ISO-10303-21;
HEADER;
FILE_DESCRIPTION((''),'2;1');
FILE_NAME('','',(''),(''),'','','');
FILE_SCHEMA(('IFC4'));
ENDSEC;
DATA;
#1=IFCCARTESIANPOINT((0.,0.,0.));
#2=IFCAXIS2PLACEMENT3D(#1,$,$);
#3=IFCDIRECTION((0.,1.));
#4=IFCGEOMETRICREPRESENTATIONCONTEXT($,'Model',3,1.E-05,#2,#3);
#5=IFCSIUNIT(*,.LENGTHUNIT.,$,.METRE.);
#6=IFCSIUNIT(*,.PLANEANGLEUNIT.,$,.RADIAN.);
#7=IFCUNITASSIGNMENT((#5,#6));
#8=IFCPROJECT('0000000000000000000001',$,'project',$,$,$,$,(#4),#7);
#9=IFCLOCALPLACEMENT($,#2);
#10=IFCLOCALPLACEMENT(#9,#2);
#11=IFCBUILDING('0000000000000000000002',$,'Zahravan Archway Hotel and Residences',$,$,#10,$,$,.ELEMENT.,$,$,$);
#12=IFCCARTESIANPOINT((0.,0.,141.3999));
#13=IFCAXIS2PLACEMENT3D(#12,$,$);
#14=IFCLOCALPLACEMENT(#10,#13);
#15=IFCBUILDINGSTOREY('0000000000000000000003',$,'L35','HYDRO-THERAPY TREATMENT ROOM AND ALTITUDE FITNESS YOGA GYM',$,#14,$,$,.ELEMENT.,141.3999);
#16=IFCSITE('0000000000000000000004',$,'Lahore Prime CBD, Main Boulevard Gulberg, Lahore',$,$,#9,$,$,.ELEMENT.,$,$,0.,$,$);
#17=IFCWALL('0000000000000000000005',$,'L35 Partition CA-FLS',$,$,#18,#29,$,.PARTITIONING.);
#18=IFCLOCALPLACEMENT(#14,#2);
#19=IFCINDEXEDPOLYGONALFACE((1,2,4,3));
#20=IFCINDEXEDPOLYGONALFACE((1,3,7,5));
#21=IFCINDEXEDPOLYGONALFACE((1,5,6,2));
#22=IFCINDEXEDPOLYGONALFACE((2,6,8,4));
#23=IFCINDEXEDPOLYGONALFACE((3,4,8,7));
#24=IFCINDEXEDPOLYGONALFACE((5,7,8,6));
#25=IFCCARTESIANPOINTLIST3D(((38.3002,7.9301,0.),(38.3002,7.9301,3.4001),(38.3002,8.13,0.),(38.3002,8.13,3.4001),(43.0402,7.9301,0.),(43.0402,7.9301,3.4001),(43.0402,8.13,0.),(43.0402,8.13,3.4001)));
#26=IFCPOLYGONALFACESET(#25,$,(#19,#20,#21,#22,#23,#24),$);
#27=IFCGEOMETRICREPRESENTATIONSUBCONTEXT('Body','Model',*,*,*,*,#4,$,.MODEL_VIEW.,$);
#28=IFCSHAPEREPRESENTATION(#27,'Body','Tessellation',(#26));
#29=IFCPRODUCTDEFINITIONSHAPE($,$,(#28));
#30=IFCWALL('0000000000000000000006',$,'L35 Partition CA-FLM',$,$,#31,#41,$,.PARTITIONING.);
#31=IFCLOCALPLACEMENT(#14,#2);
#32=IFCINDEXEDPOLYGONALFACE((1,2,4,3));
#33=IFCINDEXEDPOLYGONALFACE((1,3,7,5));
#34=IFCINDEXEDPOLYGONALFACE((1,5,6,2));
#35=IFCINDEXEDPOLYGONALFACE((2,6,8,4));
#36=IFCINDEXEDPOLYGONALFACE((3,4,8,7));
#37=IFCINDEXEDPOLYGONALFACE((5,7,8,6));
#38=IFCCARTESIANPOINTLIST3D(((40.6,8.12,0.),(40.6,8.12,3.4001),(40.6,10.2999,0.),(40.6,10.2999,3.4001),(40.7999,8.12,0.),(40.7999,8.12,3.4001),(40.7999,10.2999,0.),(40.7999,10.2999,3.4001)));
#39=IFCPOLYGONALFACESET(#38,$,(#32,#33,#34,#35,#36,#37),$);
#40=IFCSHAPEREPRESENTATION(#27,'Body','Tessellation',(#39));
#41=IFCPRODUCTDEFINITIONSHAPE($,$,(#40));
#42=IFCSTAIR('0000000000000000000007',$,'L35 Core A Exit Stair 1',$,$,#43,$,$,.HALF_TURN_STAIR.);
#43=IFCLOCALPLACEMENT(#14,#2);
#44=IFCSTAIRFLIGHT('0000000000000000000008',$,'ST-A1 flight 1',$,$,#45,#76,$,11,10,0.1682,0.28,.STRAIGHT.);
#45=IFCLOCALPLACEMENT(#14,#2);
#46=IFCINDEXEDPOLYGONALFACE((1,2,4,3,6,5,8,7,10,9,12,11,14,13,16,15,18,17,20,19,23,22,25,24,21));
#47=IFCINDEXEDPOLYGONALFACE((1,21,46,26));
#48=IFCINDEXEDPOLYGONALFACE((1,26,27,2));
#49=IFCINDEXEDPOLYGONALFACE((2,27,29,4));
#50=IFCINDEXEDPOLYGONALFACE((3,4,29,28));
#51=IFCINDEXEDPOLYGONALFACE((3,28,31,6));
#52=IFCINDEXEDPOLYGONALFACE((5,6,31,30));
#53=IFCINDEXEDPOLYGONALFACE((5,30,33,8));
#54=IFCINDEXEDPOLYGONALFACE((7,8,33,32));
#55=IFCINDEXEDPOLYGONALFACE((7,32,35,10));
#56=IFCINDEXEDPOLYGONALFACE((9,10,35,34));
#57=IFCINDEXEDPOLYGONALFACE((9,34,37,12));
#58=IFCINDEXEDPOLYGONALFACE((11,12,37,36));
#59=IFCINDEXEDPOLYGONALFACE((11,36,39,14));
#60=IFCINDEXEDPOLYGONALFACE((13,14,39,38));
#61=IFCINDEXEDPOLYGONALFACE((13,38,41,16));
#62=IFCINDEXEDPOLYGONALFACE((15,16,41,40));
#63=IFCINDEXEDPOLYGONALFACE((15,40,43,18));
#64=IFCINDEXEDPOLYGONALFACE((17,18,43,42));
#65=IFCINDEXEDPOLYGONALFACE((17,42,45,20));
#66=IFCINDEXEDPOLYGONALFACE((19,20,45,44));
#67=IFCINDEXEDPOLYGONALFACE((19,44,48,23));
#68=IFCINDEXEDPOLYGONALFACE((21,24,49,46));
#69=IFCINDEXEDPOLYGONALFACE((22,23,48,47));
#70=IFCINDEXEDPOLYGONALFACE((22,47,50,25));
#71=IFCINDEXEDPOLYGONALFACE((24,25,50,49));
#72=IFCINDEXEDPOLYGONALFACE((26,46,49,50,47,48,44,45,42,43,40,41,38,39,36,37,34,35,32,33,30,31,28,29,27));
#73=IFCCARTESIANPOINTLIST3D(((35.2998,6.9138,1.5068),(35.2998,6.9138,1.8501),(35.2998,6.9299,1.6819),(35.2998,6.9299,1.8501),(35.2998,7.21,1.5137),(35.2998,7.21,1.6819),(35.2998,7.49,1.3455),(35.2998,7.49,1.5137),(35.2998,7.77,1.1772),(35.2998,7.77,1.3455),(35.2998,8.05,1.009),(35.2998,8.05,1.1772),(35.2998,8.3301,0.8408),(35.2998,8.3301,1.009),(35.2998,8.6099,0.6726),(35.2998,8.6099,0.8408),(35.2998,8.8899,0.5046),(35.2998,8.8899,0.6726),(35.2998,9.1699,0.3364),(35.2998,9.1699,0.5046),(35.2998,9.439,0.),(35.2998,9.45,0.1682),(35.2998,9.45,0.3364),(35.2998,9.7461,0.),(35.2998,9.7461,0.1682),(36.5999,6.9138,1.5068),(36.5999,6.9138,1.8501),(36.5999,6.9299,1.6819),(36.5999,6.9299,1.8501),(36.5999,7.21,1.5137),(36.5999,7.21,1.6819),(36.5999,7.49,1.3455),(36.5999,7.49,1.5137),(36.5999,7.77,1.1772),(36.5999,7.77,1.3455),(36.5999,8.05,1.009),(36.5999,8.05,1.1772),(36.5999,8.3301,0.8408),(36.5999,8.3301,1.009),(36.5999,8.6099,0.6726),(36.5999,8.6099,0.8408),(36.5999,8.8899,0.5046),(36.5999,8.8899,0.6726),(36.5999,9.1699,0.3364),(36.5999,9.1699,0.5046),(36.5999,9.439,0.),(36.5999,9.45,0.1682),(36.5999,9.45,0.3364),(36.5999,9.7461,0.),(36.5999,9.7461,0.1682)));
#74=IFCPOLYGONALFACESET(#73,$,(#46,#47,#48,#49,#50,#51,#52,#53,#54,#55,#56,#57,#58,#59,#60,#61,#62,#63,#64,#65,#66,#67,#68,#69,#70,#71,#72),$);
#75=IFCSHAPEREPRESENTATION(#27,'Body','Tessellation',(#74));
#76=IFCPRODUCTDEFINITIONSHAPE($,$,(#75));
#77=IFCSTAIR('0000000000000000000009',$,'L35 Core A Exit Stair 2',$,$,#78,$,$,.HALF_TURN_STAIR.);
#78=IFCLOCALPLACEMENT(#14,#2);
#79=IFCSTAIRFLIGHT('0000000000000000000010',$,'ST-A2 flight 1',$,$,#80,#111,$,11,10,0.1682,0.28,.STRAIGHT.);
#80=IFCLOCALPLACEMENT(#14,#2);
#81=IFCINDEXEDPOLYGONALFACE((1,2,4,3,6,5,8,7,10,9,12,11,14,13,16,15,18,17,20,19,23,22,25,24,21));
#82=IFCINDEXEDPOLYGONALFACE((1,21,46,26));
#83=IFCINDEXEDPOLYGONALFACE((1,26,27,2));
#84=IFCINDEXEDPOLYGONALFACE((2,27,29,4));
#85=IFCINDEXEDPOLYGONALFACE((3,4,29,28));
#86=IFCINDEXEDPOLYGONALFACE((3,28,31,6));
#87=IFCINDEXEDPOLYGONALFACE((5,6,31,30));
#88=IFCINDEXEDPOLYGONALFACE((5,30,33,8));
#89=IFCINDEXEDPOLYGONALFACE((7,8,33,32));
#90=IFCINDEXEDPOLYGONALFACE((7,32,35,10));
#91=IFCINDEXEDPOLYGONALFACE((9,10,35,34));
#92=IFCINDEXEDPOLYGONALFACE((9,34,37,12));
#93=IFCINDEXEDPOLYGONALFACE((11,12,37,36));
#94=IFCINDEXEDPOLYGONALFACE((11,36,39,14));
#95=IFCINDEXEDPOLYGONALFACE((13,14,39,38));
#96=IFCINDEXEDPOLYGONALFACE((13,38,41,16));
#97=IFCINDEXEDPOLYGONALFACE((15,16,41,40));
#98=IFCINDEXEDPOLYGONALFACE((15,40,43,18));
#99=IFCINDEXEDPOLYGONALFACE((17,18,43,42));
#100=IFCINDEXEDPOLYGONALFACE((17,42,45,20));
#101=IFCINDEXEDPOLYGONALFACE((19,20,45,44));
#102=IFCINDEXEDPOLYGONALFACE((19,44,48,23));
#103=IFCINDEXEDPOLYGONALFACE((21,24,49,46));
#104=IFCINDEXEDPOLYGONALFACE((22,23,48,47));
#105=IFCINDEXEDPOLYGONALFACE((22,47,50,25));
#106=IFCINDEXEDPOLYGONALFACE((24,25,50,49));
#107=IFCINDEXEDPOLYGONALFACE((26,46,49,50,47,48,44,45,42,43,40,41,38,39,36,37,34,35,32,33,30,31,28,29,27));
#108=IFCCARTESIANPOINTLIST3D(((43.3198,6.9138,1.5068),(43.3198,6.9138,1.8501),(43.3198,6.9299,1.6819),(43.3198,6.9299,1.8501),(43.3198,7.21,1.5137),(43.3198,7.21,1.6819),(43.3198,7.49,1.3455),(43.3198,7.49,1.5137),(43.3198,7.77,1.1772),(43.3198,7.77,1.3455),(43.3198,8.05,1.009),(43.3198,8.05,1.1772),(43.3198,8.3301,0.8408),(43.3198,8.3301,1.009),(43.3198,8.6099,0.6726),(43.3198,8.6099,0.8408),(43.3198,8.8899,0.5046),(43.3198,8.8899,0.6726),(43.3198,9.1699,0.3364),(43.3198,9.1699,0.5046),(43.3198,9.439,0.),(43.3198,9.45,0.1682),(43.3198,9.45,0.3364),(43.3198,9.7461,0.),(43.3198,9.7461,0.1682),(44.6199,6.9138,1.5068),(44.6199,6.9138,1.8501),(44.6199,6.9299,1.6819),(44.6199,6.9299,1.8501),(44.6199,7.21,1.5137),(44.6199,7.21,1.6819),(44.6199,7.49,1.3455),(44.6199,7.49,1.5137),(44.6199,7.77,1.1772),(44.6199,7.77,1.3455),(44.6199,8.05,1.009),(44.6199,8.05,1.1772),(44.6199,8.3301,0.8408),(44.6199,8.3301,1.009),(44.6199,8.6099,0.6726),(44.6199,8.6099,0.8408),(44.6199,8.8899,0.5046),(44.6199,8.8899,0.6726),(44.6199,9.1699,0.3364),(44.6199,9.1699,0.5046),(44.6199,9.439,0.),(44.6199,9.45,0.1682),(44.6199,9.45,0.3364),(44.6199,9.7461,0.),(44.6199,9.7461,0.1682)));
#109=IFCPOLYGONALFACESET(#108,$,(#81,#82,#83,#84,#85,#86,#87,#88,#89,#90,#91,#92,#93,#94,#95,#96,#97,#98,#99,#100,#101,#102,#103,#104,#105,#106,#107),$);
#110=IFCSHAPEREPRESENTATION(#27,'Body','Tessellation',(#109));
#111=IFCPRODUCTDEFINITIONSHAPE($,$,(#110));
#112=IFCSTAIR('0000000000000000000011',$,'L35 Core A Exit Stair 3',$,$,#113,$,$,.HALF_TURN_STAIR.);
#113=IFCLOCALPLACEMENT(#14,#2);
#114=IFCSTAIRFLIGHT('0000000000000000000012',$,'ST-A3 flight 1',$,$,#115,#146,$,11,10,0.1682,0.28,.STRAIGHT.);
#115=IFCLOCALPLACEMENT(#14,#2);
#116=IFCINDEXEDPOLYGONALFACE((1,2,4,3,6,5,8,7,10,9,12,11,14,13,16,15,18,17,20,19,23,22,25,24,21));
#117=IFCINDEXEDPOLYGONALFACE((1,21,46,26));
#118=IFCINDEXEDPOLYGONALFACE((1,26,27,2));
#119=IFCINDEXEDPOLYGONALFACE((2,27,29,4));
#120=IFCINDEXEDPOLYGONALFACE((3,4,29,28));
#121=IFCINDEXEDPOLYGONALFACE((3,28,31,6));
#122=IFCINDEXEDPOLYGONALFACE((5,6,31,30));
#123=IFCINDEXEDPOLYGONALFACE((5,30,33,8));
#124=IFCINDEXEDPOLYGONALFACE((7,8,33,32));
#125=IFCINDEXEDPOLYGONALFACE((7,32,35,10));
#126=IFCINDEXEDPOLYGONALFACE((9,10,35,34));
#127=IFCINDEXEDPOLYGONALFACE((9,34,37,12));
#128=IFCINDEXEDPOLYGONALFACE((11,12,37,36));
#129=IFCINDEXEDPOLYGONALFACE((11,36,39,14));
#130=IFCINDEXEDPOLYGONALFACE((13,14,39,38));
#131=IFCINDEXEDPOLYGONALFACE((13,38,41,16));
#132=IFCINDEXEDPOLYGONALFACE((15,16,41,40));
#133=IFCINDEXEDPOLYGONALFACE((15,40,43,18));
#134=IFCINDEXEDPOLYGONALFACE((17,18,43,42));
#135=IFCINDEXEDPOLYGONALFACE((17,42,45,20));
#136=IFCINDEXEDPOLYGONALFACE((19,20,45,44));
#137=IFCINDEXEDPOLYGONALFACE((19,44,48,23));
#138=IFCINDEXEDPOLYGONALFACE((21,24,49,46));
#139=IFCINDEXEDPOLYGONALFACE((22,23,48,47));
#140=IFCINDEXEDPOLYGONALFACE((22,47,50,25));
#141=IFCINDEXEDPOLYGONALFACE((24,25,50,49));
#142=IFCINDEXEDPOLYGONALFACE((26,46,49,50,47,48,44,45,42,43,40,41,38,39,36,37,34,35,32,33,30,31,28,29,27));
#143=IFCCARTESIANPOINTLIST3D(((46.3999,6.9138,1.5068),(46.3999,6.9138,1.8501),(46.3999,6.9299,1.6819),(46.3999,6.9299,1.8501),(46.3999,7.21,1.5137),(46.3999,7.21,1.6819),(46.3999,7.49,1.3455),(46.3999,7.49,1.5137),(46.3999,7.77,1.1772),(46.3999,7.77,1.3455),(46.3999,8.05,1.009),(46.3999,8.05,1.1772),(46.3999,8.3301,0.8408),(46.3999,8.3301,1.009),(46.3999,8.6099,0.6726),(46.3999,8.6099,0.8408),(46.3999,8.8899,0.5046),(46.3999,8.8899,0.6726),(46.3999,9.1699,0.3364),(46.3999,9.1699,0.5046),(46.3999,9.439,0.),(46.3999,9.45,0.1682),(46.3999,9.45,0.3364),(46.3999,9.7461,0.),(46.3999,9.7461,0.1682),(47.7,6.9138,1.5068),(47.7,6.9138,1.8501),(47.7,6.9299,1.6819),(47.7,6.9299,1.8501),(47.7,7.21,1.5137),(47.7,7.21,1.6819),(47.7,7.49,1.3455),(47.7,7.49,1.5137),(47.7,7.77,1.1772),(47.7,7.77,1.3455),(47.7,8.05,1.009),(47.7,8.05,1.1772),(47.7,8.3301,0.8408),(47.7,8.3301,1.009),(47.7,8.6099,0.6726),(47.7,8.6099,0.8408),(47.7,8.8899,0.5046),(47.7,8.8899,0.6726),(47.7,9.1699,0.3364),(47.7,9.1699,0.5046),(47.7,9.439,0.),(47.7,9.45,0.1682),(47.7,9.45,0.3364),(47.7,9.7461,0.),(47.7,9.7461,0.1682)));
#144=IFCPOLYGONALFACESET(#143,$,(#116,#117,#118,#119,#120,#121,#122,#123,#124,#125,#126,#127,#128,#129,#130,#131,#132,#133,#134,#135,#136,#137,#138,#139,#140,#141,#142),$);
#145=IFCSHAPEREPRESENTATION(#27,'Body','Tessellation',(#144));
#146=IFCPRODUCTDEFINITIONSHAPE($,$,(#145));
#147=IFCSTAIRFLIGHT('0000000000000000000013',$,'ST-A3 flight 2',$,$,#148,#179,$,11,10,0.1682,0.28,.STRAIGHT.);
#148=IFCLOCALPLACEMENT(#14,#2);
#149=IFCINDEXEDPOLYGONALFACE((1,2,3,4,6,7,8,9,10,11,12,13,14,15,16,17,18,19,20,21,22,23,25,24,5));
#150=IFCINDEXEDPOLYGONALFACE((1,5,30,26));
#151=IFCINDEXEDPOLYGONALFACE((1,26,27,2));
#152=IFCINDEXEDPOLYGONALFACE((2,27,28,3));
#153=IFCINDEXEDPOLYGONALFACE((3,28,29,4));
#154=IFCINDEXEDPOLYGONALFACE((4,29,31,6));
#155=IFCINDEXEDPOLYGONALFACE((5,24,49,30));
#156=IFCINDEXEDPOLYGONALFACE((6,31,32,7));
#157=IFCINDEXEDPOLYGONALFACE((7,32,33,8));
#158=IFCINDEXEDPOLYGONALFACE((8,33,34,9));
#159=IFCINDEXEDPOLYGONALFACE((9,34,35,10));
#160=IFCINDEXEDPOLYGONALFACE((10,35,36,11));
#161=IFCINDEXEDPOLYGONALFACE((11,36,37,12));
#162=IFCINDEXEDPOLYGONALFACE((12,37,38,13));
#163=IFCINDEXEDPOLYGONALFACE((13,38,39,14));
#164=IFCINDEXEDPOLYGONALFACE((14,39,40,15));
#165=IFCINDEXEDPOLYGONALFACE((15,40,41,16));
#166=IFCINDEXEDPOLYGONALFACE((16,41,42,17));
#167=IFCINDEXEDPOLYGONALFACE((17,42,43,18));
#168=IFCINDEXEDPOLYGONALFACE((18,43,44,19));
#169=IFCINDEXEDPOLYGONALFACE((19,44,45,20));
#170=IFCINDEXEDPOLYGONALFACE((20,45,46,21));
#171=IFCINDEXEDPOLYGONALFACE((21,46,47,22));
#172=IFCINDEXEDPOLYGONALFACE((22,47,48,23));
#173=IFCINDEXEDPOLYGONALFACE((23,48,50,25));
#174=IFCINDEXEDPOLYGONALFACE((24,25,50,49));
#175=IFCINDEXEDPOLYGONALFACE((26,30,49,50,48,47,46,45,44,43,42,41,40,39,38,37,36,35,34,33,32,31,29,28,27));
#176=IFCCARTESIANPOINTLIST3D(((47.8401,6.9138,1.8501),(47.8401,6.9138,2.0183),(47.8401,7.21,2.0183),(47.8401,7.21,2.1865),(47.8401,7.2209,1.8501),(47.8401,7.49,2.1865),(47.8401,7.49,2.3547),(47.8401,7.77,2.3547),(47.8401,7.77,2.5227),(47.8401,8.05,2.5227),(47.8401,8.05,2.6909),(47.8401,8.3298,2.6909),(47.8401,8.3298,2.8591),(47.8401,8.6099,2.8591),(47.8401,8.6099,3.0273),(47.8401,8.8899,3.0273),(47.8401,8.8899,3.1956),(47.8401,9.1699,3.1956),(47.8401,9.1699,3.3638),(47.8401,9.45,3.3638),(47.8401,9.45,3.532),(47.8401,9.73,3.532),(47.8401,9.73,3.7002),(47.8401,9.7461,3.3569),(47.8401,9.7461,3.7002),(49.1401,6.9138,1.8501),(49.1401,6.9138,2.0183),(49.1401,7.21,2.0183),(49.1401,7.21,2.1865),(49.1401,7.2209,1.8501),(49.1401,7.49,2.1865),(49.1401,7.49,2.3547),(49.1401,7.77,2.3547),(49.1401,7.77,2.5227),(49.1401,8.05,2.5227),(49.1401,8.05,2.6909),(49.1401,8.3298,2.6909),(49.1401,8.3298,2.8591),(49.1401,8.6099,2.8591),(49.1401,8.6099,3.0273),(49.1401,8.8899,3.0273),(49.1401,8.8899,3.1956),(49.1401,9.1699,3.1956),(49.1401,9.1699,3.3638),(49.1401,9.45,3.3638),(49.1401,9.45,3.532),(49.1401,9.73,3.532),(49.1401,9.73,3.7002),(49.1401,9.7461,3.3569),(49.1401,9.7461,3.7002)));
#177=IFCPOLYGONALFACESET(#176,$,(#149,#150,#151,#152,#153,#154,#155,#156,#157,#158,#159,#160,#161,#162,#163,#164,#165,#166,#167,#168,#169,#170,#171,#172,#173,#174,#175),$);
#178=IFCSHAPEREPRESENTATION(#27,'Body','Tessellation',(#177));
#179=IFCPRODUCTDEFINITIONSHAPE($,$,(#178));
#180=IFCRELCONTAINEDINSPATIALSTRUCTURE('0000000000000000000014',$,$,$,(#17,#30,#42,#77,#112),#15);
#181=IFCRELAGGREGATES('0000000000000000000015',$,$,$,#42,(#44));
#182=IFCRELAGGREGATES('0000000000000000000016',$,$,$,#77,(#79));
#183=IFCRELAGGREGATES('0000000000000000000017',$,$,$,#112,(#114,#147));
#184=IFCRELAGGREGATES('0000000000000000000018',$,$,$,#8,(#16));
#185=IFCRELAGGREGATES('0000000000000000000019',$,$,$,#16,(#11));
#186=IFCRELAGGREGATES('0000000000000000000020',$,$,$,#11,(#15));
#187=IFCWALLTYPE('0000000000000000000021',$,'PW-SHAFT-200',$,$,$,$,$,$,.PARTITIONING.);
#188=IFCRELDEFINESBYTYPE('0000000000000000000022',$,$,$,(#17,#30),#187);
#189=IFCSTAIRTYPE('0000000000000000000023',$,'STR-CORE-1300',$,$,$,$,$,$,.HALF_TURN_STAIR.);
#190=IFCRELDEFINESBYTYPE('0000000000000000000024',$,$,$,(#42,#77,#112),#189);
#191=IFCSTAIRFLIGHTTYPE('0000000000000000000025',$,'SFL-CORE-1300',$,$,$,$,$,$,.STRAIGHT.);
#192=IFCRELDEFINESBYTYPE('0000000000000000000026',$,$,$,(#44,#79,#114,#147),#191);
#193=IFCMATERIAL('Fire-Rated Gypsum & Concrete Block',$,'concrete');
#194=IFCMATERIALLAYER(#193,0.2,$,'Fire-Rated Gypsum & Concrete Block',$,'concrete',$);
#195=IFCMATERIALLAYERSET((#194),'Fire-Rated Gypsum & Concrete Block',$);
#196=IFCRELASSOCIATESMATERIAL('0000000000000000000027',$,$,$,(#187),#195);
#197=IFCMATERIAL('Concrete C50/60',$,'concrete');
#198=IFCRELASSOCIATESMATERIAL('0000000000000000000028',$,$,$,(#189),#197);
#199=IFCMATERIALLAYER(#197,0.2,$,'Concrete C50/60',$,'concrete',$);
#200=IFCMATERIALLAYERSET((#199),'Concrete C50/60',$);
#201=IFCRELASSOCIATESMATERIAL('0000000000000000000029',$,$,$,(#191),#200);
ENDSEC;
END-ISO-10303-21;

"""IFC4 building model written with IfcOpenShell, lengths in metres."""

from ifc_helpers import new_model, si_unit, direction, frame, frame_2d, origin, place, context, subcontext, project, spatial, polyline, rectangle, outline, extrude, source, transform, mapped, material, layer, layer_set, type_object, element, aggregate, save


model = new_model("IFC4")

# Units and contexts
model_context = context("Model", 3, precision=1e-05, world=origin(), true_north=direction((0.0, 1.0)))
body_context = subcontext(model_context, "Body", "Model", "MODEL_VIEW")
ifc_project = project(units=[si_unit("LENGTHUNIT", "METRE"), si_unit("PLANEANGLEUNIT", "RADIAN")], contexts=[model_context])

# Site, building, storey
site_placement = place(None, origin())
site = spatial("IfcSite", under=ifc_project, at=site_placement, Name="Lahore Prime CBD, Main Boulevard Gulberg, Lahore", CompositionType="ELEMENT", RefElevation=0.0)
building_placement = place(site_placement, origin())
building = spatial("IfcBuilding", under=site, at=building_placement, Name="Zahravan Archway Hotel and Residences", CompositionType="ELEMENT")
storey_placement = place(building_placement, frame((0.0, 0.0, 141.3999)))
storey = spatial("IfcBuildingStorey", under=building, at=storey_placement, Name="L35", Description="HYDRO-THERAPY TREATMENT ROOM AND ALTITUDE FITNESS YOGA GYM", CompositionType="ELEMENT", Elevation=141.3999)

# Walls
ifc_material_1 = material(Name="Fire-Rated Gypsum & Concrete Block", Category="concrete")
ifc_layer_1 = layer(ifc_material_1, 0.2, Name="Fire-Rated Gypsum & Concrete Block", Category="concrete")
ifc_layer_set_1 = layer_set([ifc_layer_1], Name="Fire-Rated Gypsum & Concrete Block")
wall_type = type_object("IfcWallType", Name="PW-SHAFT-200", PredefinedType="PARTITIONING", material=ifc_layer_set_1)
wall_1_placement = place(storey_placement, frame((38.3, 8.03, 0.0), z_axis=(0.0, 0.0, 1.0), x_axis=(1.0, 0.0, 0.0)))
element("IfcWall", 1, at=wall_1_placement, inside=storey, type_object=wall_type, Name="L35 Partition CA-FLS", PredefinedType="PARTITIONING", context=body_context, shape_type="SweptSolid", body=[
    extrude(rectangle(XDim=4.74, YDim=0.2, at=frame_2d((2.3701, 0.0))), origin(), (0.0, 0.0, 1.0), 3.4001),
])
wall_2_placement = place(storey_placement, frame((40.7, 8.1201, 0.0), z_axis=(0.0, 0.0, 1.0), x_axis=(0.0, 1.0, 0.0)))
element("IfcWall", 2, at=wall_2_placement, inside=storey, type_object=wall_type, Name="L35 Partition CA-FLM", PredefinedType="PARTITIONING", context=body_context, shape_type="SweptSolid", body=[
    extrude(rectangle(XDim=2.1799, YDim=0.2, at=frame_2d((1.0898, 0.0))), origin(), (0.0, 0.0, 1.0), 3.4001),
])

# Stairs, stair flights
ifc_material_2 = material(Name="Concrete C50/60", Category="concrete")
stair_type = type_object("IfcStairType", Name="STR-CORE-1300", PredefinedType="HALF_TURN_STAIR", material=ifc_material_2)
stair_1_placement = place(storey_placement, origin())
stair_1 = element("IfcStair", 3, at=stair_1_placement, inside=storey, type_object=stair_type, Name="L35 Core A Exit Stair 1", PredefinedType="HALF_TURN_STAIR")
ifc_layer_2 = layer(ifc_material_2, 0.2, Name="Concrete C50/60", Category="concrete")
ifc_layer_set_2 = layer_set([ifc_layer_2], Name="Concrete C50/60")
stair_flight_type = type_object("IfcStairFlightType", Name="SFL-CORE-1300", PredefinedType="STRAIGHT", material=ifc_layer_set_2)
shared_shape = source(origin(), body_context, "Body", "SweptSolid", [
    extrude(outline(polyline([(-0.0161, 0.0), (-0.0161, 0.1682), (0.28, 0.1682), (0.28, 0.3364), (0.5601, 0.3364), (0.5601, 0.5046), (0.8401, 0.5046), (0.8401, 0.6726), (1.1201, 0.6726), (1.1201, 0.8408), (1.3999, 0.8408), (1.3999, 1.009), (1.6799, 1.009), (1.6799, 1.1772), (1.96, 1.1772), (1.96, 1.3455), (2.24, 1.3455), (2.24, 1.5137), (2.52, 1.5137), (2.52, 1.6819), (2.8, 1.6819), (2.8, 1.8501), (2.8162, 1.8501), (2.8162, 1.5068), (0.291, 0.0), (-0.0161, 0.0)])), frame((0.0, 0.6499, 0.0), z_axis=(0.0, -1.0, 0.0), x_axis=(1.0, 0.0, 0.0)), (0.0, 0.0, 1.0), 1.3),
])
stair_flight_1_placement = place(storey_placement, frame((35.95, 9.73, 0.0), z_axis=(0.0, 0.0, 1.0), x_axis=(0.0, -1.0, 0.0)))
stair_flight_1 = element("IfcStairFlight", 4, at=stair_flight_1_placement, type_object=stair_flight_type, Name="ST-A1 flight 1", NumberOfRisers=11, NumberOfTreads=10, PredefinedType="STRAIGHT", RiserHeight=0.1682, TreadLength=0.28, context=body_context, shape_type="MappedRepresentation", body=[
    mapped(shared_shape, transform((0.0, 0.0, 0.0), scale=1.0)),
])
aggregate(stair_1, [stair_flight_1])
stair_2_placement = place(storey_placement, origin())
stair_2 = element("IfcStair", 5, at=stair_2_placement, inside=storey, type_object=stair_type, Name="L35 Core A Exit Stair 2", PredefinedType="HALF_TURN_STAIR")
stair_flight_2_placement = place(storey_placement, frame((43.97, 9.73, 0.0), z_axis=(0.0, 0.0, 1.0), x_axis=(0.0, -1.0, 0.0)))
stair_flight_2 = element("IfcStairFlight", 6, at=stair_flight_2_placement, type_object=stair_flight_type, Name="ST-A2 flight 1", NumberOfRisers=11, NumberOfTreads=10, PredefinedType="STRAIGHT", RiserHeight=0.1682, TreadLength=0.28, context=body_context, shape_type="MappedRepresentation", body=[
    mapped(shared_shape, transform((0.0, 0.0, 0.0), scale=1.0)),
])
aggregate(stair_2, [stair_flight_2])

# Stair, stair flights
stair_3_placement = place(storey_placement, origin())
stair_3 = element("IfcStair", 7, at=stair_3_placement, inside=storey, type_object=stair_type, Name="L35 Core A Exit Stair 3", PredefinedType="HALF_TURN_STAIR")
stair_flight_3_placement = place(storey_placement, frame((47.05, 9.73, 0.0), z_axis=(0.0, 0.0, 1.0), x_axis=(0.0, -1.0, 0.0)))
stair_flight_3 = element("IfcStairFlight", 8, at=stair_flight_3_placement, type_object=stair_flight_type, Name="ST-A3 flight 1", NumberOfRisers=11, NumberOfTreads=10, PredefinedType="STRAIGHT", RiserHeight=0.1682, TreadLength=0.28, context=body_context, shape_type="MappedRepresentation", body=[
    mapped(shared_shape, transform((0.0, 0.0, 0.0), scale=1.0)),
])
stair_flight_4_placement = place(storey_placement, frame((48.49, 6.9299, 1.8501), z_axis=(0.0, 0.0, 1.0), x_axis=(0.0, 1.0, 0.0)))
stair_flight_4 = element("IfcStairFlight", 9, at=stair_flight_4_placement, type_object=stair_flight_type, Name="ST-A3 flight 2", NumberOfRisers=11, NumberOfTreads=10, PredefinedType="STRAIGHT", RiserHeight=0.1682, TreadLength=0.28, context=body_context, shape_type="MappedRepresentation", body=[
    mapped(shared_shape, transform((0.0, 0.0, 0.0), scale=1.0)),
])
aggregate(stair_3, [stair_flight_3, stair_flight_4])

save(model, "model.ifc")
